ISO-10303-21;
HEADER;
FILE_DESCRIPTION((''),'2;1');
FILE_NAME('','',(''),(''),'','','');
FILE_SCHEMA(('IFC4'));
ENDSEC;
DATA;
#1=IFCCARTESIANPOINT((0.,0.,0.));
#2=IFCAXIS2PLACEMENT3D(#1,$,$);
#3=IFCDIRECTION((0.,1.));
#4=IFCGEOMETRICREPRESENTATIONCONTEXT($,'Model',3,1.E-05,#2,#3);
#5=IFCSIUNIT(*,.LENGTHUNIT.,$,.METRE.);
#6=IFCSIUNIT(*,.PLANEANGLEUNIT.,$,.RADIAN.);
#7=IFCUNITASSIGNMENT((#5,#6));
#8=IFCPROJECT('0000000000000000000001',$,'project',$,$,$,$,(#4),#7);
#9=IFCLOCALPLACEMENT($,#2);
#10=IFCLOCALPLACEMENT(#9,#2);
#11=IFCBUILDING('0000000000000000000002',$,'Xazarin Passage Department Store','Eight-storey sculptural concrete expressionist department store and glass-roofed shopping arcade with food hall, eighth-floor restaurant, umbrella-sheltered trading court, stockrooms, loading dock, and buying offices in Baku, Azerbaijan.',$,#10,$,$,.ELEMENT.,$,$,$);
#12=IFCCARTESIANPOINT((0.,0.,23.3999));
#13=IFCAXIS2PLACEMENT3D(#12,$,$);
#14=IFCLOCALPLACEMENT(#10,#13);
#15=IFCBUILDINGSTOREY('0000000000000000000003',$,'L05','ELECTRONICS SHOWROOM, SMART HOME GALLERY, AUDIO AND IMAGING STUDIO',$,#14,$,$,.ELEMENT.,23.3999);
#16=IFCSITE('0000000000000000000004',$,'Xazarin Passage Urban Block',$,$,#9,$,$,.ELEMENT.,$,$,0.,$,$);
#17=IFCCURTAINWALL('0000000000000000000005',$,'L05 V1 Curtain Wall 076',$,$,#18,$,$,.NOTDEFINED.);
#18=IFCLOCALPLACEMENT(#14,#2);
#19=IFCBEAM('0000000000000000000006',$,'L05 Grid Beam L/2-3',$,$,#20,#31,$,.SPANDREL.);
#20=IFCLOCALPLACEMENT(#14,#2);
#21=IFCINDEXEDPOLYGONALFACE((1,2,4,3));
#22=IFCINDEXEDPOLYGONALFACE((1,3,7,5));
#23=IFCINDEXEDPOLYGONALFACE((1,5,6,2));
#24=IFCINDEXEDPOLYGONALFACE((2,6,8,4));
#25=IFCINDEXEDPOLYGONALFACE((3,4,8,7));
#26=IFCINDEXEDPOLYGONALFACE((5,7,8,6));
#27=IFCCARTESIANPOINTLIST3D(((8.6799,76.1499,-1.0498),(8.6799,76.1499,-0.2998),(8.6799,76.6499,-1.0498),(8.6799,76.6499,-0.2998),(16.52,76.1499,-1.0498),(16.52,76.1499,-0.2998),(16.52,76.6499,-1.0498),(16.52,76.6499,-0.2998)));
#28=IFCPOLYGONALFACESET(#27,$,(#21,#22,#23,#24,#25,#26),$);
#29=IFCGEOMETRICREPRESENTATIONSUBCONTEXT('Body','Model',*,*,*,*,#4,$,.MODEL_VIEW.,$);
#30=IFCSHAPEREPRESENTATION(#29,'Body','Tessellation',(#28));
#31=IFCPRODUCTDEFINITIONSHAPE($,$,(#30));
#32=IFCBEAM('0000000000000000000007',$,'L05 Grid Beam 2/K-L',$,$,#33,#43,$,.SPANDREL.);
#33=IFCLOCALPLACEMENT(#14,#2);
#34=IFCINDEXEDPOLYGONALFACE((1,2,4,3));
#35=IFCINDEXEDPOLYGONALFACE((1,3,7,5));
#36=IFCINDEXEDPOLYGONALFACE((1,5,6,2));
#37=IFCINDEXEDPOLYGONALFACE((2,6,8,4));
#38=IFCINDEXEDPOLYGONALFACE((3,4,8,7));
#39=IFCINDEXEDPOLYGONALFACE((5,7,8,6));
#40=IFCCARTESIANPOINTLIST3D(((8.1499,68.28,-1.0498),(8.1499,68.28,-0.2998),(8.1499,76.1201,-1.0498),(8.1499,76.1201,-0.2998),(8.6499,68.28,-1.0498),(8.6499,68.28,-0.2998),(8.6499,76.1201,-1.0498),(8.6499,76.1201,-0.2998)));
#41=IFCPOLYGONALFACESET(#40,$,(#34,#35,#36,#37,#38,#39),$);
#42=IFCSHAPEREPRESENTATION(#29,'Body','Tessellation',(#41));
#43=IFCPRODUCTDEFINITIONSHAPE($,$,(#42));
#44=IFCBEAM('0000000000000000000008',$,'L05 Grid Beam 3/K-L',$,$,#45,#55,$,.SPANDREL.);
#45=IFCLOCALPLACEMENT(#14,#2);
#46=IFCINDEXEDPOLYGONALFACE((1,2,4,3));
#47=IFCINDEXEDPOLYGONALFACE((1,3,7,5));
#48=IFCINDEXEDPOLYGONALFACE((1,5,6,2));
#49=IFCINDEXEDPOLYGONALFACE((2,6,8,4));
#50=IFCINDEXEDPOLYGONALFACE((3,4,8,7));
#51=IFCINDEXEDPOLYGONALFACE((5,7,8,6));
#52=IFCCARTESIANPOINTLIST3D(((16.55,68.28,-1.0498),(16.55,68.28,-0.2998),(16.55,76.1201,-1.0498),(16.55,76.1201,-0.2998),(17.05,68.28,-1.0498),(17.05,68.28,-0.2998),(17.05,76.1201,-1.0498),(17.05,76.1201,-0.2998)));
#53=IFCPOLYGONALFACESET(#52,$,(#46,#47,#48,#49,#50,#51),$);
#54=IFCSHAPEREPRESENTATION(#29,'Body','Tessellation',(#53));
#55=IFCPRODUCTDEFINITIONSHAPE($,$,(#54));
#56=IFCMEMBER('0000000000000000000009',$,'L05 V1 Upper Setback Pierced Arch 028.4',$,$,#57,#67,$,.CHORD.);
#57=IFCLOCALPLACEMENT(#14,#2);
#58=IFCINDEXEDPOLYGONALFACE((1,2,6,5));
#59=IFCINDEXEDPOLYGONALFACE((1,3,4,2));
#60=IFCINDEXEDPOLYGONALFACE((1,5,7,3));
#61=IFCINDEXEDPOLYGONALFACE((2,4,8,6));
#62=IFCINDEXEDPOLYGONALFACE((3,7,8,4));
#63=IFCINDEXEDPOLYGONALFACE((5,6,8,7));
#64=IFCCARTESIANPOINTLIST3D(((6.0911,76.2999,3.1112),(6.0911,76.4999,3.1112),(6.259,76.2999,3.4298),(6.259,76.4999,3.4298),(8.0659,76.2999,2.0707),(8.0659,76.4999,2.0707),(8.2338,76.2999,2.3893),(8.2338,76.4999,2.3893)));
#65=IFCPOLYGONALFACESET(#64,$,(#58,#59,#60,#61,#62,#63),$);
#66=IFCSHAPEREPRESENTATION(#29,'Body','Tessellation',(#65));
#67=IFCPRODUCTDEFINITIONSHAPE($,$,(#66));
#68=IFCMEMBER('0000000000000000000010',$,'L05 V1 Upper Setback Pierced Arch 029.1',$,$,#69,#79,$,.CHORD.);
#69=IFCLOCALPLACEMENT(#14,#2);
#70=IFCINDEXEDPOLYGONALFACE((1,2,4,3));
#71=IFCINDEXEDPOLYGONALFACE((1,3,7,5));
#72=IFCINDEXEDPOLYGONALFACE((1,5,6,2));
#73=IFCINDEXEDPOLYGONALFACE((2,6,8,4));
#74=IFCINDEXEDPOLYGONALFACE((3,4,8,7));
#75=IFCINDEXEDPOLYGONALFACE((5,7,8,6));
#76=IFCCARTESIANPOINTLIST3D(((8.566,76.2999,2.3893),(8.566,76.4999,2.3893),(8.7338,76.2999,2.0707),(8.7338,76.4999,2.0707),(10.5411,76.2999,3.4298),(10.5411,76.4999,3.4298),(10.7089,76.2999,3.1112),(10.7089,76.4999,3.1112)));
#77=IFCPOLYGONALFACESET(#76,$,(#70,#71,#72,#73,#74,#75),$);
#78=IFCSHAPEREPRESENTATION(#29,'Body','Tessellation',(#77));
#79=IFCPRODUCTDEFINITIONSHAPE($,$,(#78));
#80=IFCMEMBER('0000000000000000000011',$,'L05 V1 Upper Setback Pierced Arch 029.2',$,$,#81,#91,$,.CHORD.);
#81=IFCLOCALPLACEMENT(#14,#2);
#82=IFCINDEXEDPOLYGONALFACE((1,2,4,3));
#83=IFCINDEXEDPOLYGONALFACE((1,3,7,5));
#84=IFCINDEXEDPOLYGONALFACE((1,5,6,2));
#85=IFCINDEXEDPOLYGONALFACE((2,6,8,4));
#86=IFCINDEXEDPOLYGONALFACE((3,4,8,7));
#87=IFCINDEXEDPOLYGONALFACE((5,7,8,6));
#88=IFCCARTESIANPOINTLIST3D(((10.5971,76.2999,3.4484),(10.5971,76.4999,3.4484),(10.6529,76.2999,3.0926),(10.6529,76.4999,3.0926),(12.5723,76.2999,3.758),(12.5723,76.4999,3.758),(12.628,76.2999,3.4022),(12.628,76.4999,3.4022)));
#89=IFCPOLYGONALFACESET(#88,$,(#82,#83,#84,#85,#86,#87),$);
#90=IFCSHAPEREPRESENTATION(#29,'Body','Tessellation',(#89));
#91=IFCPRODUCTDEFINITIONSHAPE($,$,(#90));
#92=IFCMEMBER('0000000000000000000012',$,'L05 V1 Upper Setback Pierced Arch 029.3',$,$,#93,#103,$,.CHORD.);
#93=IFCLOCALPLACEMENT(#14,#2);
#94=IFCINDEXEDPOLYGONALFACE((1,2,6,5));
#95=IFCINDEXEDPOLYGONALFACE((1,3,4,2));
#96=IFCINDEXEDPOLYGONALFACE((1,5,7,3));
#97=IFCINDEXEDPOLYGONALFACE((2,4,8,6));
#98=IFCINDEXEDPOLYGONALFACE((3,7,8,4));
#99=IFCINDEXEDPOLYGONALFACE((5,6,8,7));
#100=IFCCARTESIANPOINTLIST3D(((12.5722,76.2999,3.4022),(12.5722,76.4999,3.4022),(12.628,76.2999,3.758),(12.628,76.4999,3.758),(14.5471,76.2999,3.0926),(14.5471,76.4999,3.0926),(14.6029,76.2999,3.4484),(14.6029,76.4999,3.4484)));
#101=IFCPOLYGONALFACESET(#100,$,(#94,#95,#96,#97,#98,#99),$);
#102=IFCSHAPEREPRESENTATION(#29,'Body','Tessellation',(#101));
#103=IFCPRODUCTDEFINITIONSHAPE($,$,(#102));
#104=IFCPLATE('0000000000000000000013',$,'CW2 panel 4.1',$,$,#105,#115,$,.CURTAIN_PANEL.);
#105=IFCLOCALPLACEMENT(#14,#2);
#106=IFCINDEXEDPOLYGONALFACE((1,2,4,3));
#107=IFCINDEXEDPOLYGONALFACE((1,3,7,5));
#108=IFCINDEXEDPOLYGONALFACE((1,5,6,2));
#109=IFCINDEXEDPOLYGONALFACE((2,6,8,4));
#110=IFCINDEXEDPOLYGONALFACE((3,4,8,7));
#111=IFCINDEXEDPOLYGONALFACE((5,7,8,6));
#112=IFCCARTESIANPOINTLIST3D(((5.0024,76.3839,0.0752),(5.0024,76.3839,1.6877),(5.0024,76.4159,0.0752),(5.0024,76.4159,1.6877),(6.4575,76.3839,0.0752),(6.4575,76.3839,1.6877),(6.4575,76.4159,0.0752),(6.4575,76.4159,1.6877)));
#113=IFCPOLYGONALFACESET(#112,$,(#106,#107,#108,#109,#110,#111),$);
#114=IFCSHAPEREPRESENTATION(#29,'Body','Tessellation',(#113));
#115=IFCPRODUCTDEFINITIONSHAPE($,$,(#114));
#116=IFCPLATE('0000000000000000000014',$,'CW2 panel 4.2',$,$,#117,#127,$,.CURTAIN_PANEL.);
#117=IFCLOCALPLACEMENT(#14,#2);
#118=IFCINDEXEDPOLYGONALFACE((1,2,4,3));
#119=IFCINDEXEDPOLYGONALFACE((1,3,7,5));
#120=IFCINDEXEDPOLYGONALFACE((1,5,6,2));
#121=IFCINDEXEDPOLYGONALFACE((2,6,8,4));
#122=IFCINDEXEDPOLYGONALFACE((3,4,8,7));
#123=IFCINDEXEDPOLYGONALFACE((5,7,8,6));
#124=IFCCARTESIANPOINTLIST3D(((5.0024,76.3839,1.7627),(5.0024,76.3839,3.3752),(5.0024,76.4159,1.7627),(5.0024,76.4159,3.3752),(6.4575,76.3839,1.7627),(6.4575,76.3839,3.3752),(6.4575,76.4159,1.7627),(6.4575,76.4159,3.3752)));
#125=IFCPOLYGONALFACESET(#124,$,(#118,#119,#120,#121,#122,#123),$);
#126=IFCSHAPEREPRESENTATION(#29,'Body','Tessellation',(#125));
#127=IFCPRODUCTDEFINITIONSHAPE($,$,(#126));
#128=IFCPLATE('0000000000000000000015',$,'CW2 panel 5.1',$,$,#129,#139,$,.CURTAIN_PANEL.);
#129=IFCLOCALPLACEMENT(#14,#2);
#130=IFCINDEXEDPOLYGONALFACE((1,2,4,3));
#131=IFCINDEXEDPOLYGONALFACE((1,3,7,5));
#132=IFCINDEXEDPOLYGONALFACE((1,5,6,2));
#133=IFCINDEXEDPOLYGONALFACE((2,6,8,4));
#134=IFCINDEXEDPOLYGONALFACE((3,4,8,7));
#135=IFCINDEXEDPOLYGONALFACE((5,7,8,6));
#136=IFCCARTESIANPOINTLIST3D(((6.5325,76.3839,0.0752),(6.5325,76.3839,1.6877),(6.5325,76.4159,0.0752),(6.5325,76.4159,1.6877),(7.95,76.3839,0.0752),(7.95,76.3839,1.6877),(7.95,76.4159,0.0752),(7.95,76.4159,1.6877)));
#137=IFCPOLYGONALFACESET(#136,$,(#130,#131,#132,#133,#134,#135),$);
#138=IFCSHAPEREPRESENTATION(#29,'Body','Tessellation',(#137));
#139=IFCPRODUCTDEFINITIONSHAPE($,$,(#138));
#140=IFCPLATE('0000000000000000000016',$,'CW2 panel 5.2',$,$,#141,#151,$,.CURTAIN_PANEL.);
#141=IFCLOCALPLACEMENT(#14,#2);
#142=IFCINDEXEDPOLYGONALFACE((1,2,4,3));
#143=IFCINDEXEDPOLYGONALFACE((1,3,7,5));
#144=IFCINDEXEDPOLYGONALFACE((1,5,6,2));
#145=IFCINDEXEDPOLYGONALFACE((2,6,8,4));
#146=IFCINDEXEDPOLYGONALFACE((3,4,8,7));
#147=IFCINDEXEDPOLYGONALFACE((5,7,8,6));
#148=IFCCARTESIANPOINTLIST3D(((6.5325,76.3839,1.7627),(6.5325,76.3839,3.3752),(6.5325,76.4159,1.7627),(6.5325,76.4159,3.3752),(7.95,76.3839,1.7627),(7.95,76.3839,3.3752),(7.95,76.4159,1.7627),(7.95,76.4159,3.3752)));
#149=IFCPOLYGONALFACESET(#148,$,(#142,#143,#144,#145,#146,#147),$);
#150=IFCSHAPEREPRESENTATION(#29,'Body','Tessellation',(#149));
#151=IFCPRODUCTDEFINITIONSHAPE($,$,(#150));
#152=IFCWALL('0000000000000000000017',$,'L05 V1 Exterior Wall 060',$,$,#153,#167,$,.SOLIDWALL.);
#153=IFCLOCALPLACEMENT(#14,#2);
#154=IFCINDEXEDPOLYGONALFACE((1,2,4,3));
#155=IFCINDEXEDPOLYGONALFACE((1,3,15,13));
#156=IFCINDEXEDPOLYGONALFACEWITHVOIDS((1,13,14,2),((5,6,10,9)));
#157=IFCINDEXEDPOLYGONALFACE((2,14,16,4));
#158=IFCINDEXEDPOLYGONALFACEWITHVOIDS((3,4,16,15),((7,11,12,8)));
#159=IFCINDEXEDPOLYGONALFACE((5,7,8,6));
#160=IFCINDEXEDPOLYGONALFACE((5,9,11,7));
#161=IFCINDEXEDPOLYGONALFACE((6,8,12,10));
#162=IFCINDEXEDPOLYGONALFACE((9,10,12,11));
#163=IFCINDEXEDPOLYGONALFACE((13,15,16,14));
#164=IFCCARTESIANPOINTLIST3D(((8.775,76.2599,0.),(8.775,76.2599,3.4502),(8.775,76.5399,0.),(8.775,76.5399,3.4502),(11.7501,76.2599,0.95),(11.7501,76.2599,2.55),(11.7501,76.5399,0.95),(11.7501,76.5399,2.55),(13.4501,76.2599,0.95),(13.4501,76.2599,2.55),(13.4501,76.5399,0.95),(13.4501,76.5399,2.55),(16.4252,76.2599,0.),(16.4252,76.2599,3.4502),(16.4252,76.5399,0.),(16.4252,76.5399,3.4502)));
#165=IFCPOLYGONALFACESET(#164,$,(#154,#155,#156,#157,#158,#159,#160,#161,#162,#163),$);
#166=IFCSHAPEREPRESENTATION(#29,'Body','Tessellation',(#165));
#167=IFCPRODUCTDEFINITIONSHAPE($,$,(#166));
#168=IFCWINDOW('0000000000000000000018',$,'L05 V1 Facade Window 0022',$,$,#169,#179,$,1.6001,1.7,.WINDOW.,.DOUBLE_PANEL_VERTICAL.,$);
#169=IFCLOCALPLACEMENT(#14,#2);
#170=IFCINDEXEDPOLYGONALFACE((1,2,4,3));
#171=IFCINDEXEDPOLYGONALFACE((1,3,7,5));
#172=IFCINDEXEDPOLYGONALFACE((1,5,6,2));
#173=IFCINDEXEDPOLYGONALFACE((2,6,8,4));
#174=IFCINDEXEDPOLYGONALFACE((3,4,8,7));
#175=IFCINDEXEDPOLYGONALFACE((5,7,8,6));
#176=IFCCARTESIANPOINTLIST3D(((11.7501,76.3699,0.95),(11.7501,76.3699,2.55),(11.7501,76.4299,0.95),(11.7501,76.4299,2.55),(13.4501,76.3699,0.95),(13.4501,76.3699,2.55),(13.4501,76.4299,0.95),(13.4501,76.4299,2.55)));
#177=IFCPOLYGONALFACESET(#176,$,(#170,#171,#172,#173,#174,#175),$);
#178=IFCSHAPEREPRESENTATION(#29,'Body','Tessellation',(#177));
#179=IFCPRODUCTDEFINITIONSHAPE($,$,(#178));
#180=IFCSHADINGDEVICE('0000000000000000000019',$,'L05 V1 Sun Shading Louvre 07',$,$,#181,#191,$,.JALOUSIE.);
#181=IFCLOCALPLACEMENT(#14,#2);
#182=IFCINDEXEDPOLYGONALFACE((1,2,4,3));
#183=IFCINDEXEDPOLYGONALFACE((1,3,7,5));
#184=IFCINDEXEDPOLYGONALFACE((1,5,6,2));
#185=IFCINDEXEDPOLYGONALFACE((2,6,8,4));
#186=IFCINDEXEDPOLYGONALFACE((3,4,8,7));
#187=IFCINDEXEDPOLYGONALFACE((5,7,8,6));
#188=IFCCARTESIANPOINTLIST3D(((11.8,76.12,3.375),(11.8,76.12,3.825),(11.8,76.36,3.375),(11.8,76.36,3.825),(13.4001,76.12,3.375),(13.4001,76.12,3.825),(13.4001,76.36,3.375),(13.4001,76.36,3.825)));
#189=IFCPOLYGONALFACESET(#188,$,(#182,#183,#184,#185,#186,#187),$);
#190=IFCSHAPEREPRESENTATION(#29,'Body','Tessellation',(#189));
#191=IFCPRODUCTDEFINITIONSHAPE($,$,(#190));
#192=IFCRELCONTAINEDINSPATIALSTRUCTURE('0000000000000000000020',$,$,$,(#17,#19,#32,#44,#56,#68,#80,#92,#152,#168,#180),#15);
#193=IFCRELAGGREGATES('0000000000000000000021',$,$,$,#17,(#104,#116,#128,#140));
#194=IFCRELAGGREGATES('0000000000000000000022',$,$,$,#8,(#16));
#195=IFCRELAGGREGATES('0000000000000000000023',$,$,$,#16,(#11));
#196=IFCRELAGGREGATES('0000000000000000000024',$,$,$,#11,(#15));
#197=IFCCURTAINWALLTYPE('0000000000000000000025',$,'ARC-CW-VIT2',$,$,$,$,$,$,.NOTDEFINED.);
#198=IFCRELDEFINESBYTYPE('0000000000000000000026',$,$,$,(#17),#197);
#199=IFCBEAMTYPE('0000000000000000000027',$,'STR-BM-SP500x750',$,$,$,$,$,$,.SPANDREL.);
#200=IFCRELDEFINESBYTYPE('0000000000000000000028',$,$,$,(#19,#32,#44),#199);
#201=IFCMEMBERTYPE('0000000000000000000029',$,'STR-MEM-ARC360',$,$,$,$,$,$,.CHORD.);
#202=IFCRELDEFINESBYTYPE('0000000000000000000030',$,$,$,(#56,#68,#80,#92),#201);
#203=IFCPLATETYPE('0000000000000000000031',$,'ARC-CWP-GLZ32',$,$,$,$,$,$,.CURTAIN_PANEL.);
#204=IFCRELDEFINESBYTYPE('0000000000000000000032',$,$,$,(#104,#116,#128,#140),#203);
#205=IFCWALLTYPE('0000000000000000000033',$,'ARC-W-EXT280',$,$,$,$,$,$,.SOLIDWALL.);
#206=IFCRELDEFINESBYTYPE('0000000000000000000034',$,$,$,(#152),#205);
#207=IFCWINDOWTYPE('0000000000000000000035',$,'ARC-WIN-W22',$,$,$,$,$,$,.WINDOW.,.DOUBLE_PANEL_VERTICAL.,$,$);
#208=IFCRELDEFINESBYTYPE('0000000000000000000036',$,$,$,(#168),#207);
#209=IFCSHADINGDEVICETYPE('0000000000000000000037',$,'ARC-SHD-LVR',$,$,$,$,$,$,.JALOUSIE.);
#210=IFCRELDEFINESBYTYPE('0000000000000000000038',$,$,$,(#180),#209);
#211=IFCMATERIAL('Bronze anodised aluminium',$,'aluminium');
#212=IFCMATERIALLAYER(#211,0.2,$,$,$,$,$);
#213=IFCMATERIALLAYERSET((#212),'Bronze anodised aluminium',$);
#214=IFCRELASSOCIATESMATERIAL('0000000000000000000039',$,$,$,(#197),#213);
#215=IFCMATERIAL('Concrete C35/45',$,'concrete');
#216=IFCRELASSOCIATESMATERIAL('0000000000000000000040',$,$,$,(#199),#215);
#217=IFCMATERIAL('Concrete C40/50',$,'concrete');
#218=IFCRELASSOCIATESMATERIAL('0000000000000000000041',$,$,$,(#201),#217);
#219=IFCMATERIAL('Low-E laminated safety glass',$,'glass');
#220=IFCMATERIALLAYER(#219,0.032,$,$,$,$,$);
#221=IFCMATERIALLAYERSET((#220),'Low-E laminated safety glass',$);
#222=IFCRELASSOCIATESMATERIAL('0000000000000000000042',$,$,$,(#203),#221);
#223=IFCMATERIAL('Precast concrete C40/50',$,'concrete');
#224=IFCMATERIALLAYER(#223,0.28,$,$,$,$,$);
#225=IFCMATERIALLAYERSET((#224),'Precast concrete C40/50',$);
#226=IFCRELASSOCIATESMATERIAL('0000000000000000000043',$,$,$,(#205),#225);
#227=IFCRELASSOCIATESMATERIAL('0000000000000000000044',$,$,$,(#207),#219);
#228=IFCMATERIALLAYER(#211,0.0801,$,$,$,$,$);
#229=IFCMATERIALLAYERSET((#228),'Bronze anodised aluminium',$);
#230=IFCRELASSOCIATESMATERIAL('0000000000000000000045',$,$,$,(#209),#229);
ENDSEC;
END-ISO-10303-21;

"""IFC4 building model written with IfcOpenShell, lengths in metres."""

from ifc_helpers import new_model, si_unit, direction, frame, frame_2d, origin, origin_2d, place, context, subcontext, project, spatial, rectangle, extrude, material, layer, layer_set, material_profile, profile_set, type_object, element, fill, aggregate, save


model = new_model("IFC4")

# Units and contexts
model_context = context("Model", 3, precision=1e-05, world=origin(), true_north=direction((0.0, 1.0)))
body_context = subcontext(model_context, "Body", "Model", "MODEL_VIEW")
ifc_project = project(units=[si_unit("LENGTHUNIT", "METRE"), si_unit("PLANEANGLEUNIT", "RADIAN")], contexts=[model_context])

# Site, building, storey
site_placement = place(None, origin())
site = spatial("IfcSite", under=ifc_project, at=site_placement, Name="Xazarin Passage Urban Block", CompositionType="ELEMENT", RefElevation=0.0)
building_placement = place(site_placement, origin())
building = spatial("IfcBuilding", under=site, at=building_placement, Name="Xazarin Passage Department Store", Description="Eight-storey sculptural concrete expressionist department store and glass-roofed shopping arcade with food hall, eighth-floor restaurant, umbrella-sheltered trading court, stockrooms, loading dock, and buying offices in Baku, Azerbaijan.", CompositionType="ELEMENT")
storey_placement = place(building_placement, frame((0.0, 0.0, 23.3999)))
storey = spatial("IfcBuildingStorey", under=building, at=storey_placement, Name="L05", Description="ELECTRONICS SHOWROOM, SMART HOME GALLERY, AUDIO AND IMAGING STUDIO", CompositionType="ELEMENT", Elevation=23.3999)

# Shared definitions
ifc_material_1 = material(Name="Concrete C40/50", Category="concrete")

# Curtain wall
ifc_material_2 = material(Name="Bronze anodised aluminium", Category="aluminium")
ifc_layer_1 = layer(ifc_material_2, 0.2)
ifc_layer_set_1 = layer_set([ifc_layer_1], Name="Bronze anodised aluminium")
curtain_wall_type = type_object("IfcCurtainWallType", Name="ARC-CW-VIT2", PredefinedType="NOTDEFINED", material=ifc_layer_set_1)
curtain_wall_placement = place(storey_placement, origin())
curtain_wall = element("IfcCurtainWall", 1, at=curtain_wall_placement, inside=storey, type_object=curtain_wall_type, Name="L05 V1 Curtain Wall 076", PredefinedType="NOTDEFINED")

# Beams
ifc_material_3 = material(Name="Concrete C35/45", Category="concrete")
ifc_material_profile_1 = material_profile(ifc_material_3, rectangle(XDim=0.5, YDim=0.75, at=origin_2d()), Name="RC 500x750")
ifc_profile_set_1 = profile_set([ifc_material_profile_1], Name="Concrete C35/45")
beam_type_1 = type_object("IfcBeamType", Name="STR-BM-SP500x750", PredefinedType="SPANDREL", material=ifc_profile_set_1)
for number, where, z_axis, x_axis, name in (
    (2, (8.6799, 76.3999, -0.6748), (1.0, 0.0, 0.0), (0.0, 1.0, 0.0), "L05 Grid Beam L/2-3"),
    (3, (8.3999, 68.28, -0.6748), (0.0, 1.0, 0.0), (-1.0, 0.0, 0.0), "L05 Grid Beam 2/K-L"),
    (4, (16.8, 68.28, -0.6748), (0.0, 1.0, 0.0), (-1.0, 0.0, 0.0), "L05 Grid Beam 3/K-L"),
):
    element("IfcBeam", number, at=place(storey_placement, frame(where, z_axis=z_axis, x_axis=x_axis)), inside=storey, type_object=beam_type_1, Name=name, PredefinedType="SPANDREL", context=body_context, shape_type="SweptSolid", body=[
        extrude(rectangle(XDim=0.5, YDim=0.75, at=origin_2d()), origin(), (0.0, 0.0, 1.0), 7.8401),
    ])

# Members
ifc_material_profile_2 = material_profile(ifc_material_1, rectangle(XDim=0.2, YDim=0.3601, at=origin_2d()), Name="RC 200x360")
ifc_profile_set_2 = profile_set([ifc_material_profile_2], Name="Concrete C40/50")
member_type_1 = type_object("IfcMemberType", Name="STR-MEM-ARC360", PredefinedType="CHORD", material=ifc_profile_set_2)
member_1_placement = place(storey_placement, frame((6.175, 76.3999, 3.2705), z_axis=(0.884709, 0.0, -0.466143), x_axis=(0.0, 1.0, 0.0)))
element("IfcMember", 5, at=member_1_placement, inside=storey, type_object=member_type_1, Name="L05 V1 Upper Setback Pierced Arch 028.4", PredefinedType="CHORD", context=body_context, shape_type="SweptSolid", body=[
    extrude(rectangle(XDim=0.2, YDim=0.3601, at=origin_2d()), origin(), (0.0, 0.0, 1.0), 2.2322),
])
member_2_placement = place(storey_placement, frame((8.6499, 76.3999, 2.23), z_axis=(0.884733, 0.0, 0.466098), x_axis=(0.0, 1.0, 0.0)))
element("IfcMember", 6, at=member_2_placement, inside=storey, type_object=member_type_1, Name="L05 V1 Upper Setback Pierced Arch 029.1", PredefinedType="CHORD", context=body_context, shape_type="SweptSolid", body=[
    extrude(rectangle(XDim=0.2, YDim=0.3601, at=origin_2d()), origin(), (0.0, 0.0, 1.0), 2.2324),
])
member_3_placement = place(storey_placement, frame((10.625, 76.3999, 3.2705), z_axis=(0.987939, 0.0, 0.154846), x_axis=(0.0, 1.0, 0.0)))
element("IfcMember", 7, at=member_3_placement, inside=storey, type_object=member_type_1, Name="L05 V1 Upper Setback Pierced Arch 029.2", PredefinedType="CHORD", context=body_context, shape_type="SweptSolid", body=[
    extrude(rectangle(XDim=0.2, YDim=0.3601, at=origin_2d()), origin(), (0.0, 0.0, 1.0), 1.9993),
])
member_4_placement = place(storey_placement, frame((12.6001, 76.3999, 3.5801), z_axis=(0.987936, 0.0, -0.154865), x_axis=(0.0, 1.0, 0.0)))
element("IfcMember", 8, at=member_4_placement, inside=storey, type_object=member_type_1, Name="L05 V1 Upper Setback Pierced Arch 029.3", PredefinedType="CHORD", context=body_context, shape_type="SweptSolid", body=[
    extrude(rectangle(XDim=0.2, YDim=0.3601, at=origin_2d()), origin(), (0.0, 0.0, 1.0), 1.999),
])

# Plates
ifc_material_4 = material(Name="Low-E laminated safety glass", Category="glass")
ifc_layer_2 = layer(ifc_material_4, 0.032)
ifc_layer_set_2 = layer_set([ifc_layer_2], Name="Low-E laminated safety glass")
plate_type = type_object("IfcPlateType", Name="ARC-CWP-GLZ32", PredefinedType="CURTAIN_PANEL", material=ifc_layer_set_2)
plate_1_placement = place(storey_placement, frame((5.73, 76.3999, 0.0752), z_axis=(0.0, 0.0, 1.0), x_axis=(1.0, 0.0, 0.0)))
plate_1 = element("IfcPlate", 9, at=plate_1_placement, type_object=plate_type, Name="CW2 panel 4.1", PredefinedType="CURTAIN_PANEL", context=body_context, shape_type="SweptSolid", body=[
    extrude(rectangle(XDim=1.4551, YDim=0.032, at=origin_2d()), origin(), (0.0, 0.0, 1.0), 1.6125),
])
plate_2_placement = place(storey_placement, frame((5.73, 76.3999, 1.7627), z_axis=(0.0, 0.0, 1.0), x_axis=(1.0, 0.0, 0.0)))
plate_2 = element("IfcPlate", 10, at=plate_2_placement, type_object=plate_type, Name="CW2 panel 4.2", PredefinedType="CURTAIN_PANEL", context=body_context, shape_type="SweptSolid", body=[
    extrude(rectangle(XDim=1.4551, YDim=0.032, at=origin_2d()), origin(), (0.0, 0.0, 1.0), 1.6125),
])
plate_3_placement = place(storey_placement, frame((7.2412, 76.3999, 0.0752), z_axis=(0.0, 0.0, 1.0), x_axis=(1.0, 0.0, 0.0)))
plate_3 = element("IfcPlate", 11, at=plate_3_placement, type_object=plate_type, Name="CW2 panel 5.1", PredefinedType="CURTAIN_PANEL", context=body_context, shape_type="SweptSolid", body=[
    extrude(rectangle(XDim=1.4175, YDim=0.032, at=origin_2d()), origin(), (0.0, 0.0, 1.0), 1.6125),
])
plate_4_placement = place(storey_placement, frame((7.2412, 76.3999, 1.7627), z_axis=(0.0, 0.0, 1.0), x_axis=(1.0, 0.0, 0.0)))
plate_4 = element("IfcPlate", 12, at=plate_4_placement, type_object=plate_type, Name="CW2 panel 5.2", PredefinedType="CURTAIN_PANEL", context=body_context, shape_type="SweptSolid", body=[
    extrude(rectangle(XDim=1.4175, YDim=0.032, at=origin_2d()), origin(), (0.0, 0.0, 1.0), 1.6125),
])
aggregate(curtain_wall, [plate_1, plate_2, plate_3, plate_4])

# Wall, opening, window
ifc_material_5 = material(Name="Precast concrete C40/50", Category="concrete")
ifc_layer_3 = layer(ifc_material_5, 0.28)
ifc_layer_set_3 = layer_set([ifc_layer_3], Name="Precast concrete C40/50")
wall_type = type_object("IfcWallType", Name="ARC-W-EXT280", PredefinedType="SOLIDWALL", material=ifc_layer_set_3)
wall_placement = place(storey_placement, frame((8.7749, 76.3999, 0.0), z_axis=(0.0, 0.0, 1.0), x_axis=(1.0, 0.0, 0.0)))
wall = element("IfcWall", 13, at=wall_placement, inside=storey, type_object=wall_type, Name="L05 V1 Exterior Wall 060", PredefinedType="SOLIDWALL", context=body_context, shape_type="SweptSolid", body=[
    extrude(rectangle(XDim=7.6501, YDim=0.28, at=frame_2d((3.8252, 0.0))), origin(), (0.0, 0.0, 1.0), 3.4502),
])
opening_placement = place(wall_placement, frame((2.9751, 0.0, 0.95)))
opening = element("IfcOpeningElement", 14, at=opening_placement, cuts=wall, PredefinedType="OPENING", context=body_context, shape_type="SweptSolid", body=[
    extrude(rectangle(XDim=1.7, YDim=1.6001, at=frame_2d((0.8501, 0.8))), frame((0.0, 0.1499, 0.0), z_axis=(0.0, -1.0, 0.0), x_axis=(1.0, 0.0, 0.0)), (0.0, 0.0, 1.0), 0.3),
])
window_type = type_object("IfcWindowType", Name="ARC-WIN-W22", PartitioningType="DOUBLE_PANEL_VERTICAL", PredefinedType="WINDOW", material=ifc_material_4)
window_placement = place(opening_placement, origin())
window = element("IfcWindow", 15, at=window_placement, inside=storey, type_object=window_type, Name="L05 V1 Facade Window 0022", OverallHeight=1.6001, OverallWidth=1.7, PartitioningType="DOUBLE_PANEL_VERTICAL", PredefinedType="WINDOW", context=body_context, shape_type="SweptSolid", body=[
    extrude(rectangle(XDim=1.7, YDim=1.6001, at=frame_2d((0.8501, 0.8))), frame((0.0, 0.03, 0.0), z_axis=(0.0, -1.0, 0.0), x_axis=(1.0, 0.0, 0.0)), (0.0, 0.0, 1.0), 0.0601),
])
fill(opening, window)

# Shading device
ifc_layer_4 = layer(ifc_material_2, 0.0801)
ifc_layer_set_4 = layer_set([ifc_layer_4], Name="Bronze anodised aluminium")
shading_device_type = type_object("IfcShadingDeviceType", Name="ARC-SHD-LVR", PredefinedType="JALOUSIE", material=ifc_layer_set_4)
shading_device_placement = place(storey_placement, frame((12.6001, 76.24, 3.375), z_axis=(0.0, 0.0, 1.0), x_axis=(1.0, 0.0, 0.0)))
element("IfcShadingDevice", 16, at=shading_device_placement, inside=storey, type_object=shading_device_type, Name="L05 V1 Sun Shading Louvre 07", PredefinedType="JALOUSIE", context=body_context, shape_type="SweptSolid", body=[
    extrude(rectangle(XDim=1.6001, YDim=0.24, at=origin_2d()), origin(), (0.0, 0.0, 1.0), 0.45),
])

save(model, "model.ifc")
